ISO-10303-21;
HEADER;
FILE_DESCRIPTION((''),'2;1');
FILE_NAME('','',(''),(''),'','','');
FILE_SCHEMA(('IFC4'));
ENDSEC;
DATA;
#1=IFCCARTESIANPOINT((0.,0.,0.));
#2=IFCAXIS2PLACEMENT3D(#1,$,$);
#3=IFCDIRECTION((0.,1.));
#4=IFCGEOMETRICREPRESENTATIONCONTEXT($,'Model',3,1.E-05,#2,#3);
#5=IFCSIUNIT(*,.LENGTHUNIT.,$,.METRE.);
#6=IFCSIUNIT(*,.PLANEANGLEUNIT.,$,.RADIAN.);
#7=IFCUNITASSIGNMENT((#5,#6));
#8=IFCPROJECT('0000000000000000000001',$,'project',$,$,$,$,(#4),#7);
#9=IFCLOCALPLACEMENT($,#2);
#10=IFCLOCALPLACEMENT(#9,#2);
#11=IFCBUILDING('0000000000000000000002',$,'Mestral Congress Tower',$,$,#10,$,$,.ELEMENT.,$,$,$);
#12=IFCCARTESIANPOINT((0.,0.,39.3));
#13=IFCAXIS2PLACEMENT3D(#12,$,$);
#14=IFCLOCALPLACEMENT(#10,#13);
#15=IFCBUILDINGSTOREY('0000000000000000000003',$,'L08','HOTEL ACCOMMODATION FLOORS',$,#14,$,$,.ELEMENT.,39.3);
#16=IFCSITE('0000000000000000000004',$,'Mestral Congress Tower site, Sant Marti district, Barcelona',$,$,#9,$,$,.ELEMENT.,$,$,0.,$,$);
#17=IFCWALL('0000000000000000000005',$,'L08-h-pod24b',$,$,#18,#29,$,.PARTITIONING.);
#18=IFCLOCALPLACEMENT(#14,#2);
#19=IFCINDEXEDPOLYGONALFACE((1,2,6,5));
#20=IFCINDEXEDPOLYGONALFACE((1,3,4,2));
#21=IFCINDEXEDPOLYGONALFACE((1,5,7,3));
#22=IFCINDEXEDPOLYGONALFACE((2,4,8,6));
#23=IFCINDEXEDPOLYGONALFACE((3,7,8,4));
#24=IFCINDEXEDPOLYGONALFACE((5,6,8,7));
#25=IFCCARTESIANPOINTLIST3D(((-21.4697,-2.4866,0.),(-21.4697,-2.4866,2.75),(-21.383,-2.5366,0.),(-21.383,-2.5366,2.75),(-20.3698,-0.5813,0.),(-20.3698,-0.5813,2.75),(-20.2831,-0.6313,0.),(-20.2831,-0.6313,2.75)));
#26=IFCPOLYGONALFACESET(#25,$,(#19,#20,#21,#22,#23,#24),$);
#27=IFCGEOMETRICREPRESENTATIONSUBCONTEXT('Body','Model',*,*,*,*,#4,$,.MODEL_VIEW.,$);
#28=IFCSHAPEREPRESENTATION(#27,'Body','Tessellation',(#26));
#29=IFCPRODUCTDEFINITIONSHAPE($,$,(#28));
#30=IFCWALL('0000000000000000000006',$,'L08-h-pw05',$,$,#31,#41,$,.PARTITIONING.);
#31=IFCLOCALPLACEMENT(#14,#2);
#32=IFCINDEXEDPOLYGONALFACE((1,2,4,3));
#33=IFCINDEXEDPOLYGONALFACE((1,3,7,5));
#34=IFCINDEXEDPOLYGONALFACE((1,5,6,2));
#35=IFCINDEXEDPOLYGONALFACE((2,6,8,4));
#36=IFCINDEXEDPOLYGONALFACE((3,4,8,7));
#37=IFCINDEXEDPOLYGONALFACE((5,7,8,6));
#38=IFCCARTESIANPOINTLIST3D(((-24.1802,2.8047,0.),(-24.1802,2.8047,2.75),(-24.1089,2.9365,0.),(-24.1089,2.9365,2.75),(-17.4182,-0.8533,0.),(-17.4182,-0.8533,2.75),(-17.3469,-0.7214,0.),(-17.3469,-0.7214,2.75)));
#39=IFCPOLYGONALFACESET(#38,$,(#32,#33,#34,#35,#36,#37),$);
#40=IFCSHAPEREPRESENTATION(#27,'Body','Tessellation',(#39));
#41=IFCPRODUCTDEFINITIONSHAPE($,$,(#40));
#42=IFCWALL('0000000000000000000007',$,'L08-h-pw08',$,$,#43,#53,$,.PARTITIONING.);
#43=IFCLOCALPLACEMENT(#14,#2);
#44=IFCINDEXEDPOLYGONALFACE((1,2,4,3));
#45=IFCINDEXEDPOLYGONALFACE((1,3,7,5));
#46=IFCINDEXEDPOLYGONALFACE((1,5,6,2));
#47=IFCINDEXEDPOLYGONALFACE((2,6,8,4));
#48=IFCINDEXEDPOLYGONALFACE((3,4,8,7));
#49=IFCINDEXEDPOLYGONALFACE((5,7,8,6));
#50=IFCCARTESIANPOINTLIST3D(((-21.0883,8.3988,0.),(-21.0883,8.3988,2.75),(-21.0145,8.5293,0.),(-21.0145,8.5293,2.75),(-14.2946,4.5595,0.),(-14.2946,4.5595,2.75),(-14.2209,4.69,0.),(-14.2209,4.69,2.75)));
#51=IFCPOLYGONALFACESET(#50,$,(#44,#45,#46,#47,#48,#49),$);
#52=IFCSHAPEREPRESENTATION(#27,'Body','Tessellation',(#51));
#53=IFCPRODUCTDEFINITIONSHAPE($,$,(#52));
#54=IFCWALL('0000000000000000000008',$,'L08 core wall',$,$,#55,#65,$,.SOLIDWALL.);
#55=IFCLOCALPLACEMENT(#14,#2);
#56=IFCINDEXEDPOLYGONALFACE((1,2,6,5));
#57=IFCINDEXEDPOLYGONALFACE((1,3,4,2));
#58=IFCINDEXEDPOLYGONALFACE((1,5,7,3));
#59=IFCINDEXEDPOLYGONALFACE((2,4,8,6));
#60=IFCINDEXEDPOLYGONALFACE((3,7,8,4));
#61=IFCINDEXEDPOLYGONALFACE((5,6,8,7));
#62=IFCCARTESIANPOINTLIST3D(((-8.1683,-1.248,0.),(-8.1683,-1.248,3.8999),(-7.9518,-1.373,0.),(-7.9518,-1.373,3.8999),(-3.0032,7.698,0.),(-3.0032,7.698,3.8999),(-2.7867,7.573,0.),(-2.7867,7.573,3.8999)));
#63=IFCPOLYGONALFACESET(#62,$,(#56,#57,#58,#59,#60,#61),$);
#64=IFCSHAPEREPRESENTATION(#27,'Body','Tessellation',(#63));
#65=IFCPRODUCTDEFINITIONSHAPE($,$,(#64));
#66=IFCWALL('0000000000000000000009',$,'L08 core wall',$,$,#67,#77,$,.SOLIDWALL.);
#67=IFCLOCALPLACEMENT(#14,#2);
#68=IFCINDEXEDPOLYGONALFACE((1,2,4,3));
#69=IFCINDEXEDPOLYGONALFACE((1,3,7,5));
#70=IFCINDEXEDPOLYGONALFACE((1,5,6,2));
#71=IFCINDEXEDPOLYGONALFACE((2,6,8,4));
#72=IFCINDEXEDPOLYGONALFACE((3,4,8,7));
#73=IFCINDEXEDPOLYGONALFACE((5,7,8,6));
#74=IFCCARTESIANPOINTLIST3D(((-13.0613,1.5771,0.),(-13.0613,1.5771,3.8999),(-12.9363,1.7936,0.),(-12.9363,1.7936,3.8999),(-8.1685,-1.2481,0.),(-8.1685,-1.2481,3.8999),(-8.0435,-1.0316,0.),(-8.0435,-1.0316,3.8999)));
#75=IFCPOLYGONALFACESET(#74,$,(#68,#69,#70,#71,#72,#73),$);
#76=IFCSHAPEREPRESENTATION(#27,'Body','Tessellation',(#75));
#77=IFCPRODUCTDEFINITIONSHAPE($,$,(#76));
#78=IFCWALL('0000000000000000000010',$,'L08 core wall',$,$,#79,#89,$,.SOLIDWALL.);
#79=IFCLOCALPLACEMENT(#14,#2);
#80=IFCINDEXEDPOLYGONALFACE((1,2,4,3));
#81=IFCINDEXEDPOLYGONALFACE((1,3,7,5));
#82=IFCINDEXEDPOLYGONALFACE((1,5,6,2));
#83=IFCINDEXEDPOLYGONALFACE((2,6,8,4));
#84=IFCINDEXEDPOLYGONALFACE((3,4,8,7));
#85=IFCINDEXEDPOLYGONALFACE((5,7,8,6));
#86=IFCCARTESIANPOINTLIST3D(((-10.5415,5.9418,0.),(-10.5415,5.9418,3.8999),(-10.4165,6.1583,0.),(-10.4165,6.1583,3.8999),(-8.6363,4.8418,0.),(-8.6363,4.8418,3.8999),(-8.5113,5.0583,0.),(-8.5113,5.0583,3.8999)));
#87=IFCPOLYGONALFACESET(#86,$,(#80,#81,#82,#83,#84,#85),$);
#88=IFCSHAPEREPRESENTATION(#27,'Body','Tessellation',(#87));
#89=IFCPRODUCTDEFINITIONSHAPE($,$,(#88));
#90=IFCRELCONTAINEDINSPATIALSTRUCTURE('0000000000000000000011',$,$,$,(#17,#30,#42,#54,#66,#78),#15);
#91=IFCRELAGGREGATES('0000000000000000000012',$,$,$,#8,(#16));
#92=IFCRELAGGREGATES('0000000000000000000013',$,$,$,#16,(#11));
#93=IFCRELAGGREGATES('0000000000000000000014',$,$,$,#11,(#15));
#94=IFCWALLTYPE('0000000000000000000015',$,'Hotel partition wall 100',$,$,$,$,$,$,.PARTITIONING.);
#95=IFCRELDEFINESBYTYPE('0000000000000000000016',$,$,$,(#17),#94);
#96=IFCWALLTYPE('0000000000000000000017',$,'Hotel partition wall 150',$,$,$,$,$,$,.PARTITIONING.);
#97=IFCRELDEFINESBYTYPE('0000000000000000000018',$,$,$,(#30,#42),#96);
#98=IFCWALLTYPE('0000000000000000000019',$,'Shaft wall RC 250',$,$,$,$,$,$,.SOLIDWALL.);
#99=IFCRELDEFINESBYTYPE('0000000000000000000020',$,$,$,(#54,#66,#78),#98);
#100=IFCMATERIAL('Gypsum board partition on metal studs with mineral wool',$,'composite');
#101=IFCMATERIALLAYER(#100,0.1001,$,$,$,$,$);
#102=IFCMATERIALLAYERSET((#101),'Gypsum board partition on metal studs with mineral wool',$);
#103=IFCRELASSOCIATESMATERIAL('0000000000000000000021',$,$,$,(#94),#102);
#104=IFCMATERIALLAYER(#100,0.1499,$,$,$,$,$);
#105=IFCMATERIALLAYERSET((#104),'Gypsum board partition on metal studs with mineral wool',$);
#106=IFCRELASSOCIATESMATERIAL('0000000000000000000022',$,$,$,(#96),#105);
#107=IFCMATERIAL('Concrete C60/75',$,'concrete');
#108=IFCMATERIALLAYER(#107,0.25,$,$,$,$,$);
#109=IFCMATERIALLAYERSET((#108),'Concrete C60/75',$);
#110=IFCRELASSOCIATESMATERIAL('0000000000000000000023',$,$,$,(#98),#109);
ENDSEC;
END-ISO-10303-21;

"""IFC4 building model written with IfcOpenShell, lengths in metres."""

from ifc_helpers import new_model, si_unit, direction, frame, frame_2d, origin, place, context, subcontext, project, spatial, rectangle, extrude, material, layer, layer_set, type_object, element, save


model = new_model("IFC4")

# Units and contexts
model_context = context("Model", 3, precision=1e-05, world=origin(), true_north=direction((0.0, 1.0)))
body_context = subcontext(model_context, "Body", "Model", "MODEL_VIEW")
ifc_project = project(units=[si_unit("LENGTHUNIT", "METRE"), si_unit("PLANEANGLEUNIT", "RADIAN")], contexts=[model_context])

# Site, building, storey
site_placement = place(None, origin())
site = spatial("IfcSite", under=ifc_project, at=site_placement, Name="Mestral Congress Tower site, Sant Marti district, Barcelona", CompositionType="ELEMENT", RefElevation=0.0)
building_placement = place(site_placement, origin())
building = spatial("IfcBuilding", under=site, at=building_placement, Name="Mestral Congress Tower", CompositionType="ELEMENT")
storey_placement = place(building_placement, frame((0.0, 0.0, 39.3)))
storey = spatial("IfcBuildingStorey", under=building, at=storey_placement, Name="L08", Description="HOTEL ACCOMMODATION FLOORS", CompositionType="ELEMENT", Elevation=39.3)

# Shared definitions
ifc_material_1 = material(Name="Concrete C60/75", Category="concrete")

# Shared definitions
ifc_material_2 = material(Name="Gypsum board partition on metal studs with mineral wool", Category="composite")
ifc_layer_1 = layer(ifc_material_2, 0.1001)
ifc_layer_set_1 = layer_set([ifc_layer_1], Name="Gypsum board partition on metal studs with mineral wool")
wall_type_1 = type_object("IfcWallType", Name="Hotel partition wall 100", PredefinedType="PARTITIONING", material=ifc_layer_set_1)

# Walls
wall_1_placement = place(storey_placement, frame((-20.3264, -0.6062, 0.0), z_axis=(0.0, 0.0, 1.0), x_axis=(-0.499947, -0.866056, 0.0)))
element("IfcWall", 1, at=wall_1_placement, inside=storey, type_object=wall_type_1, Name="L08-h-pod24b", PredefinedType="PARTITIONING", context=body_context, shape_type="SweptSolid", body=[
    extrude(rectangle(XDim=2.2, YDim=0.1001, at=frame_2d((1.1001, 0.0))), origin(), (0.0, 0.0, 1.0), 2.75),
])
ifc_layer_2 = layer(ifc_material_2, 0.1499)
ifc_layer_set_2 = layer_set([ifc_layer_2], Name="Gypsum board partition on metal studs with mineral wool")
wall_type_2 = type_object("IfcWallType", Name="Hotel partition wall 150", PredefinedType="PARTITIONING", material=ifc_layer_set_2)
wall_2_placement = place(storey_placement, frame((-24.1445, 2.8706, 0.0), z_axis=(0.0, 0.0, 1.0), x_axis=(0.879552, -0.475803, 0.0)))
element("IfcWall", 2, at=wall_2_placement, inside=storey, type_object=wall_type_2, Name="L08-h-pw05", PredefinedType="PARTITIONING", context=body_context, shape_type="SweptSolid", body=[
    extrude(rectangle(XDim=7.688, YDim=0.1499, at=frame_2d((3.844, 0.0))), origin(), (0.0, 0.0, 1.0), 2.75),
])
wall_3_placement = place(storey_placement, frame((-21.0515, 8.4641, 0.0), z_axis=(0.0, 0.0, 1.0), x_axis=(0.870594, -0.492003, 0.0)))
element("IfcWall", 3, at=wall_3_placement, inside=storey, type_object=wall_type_2, Name="L08-h-pw08", PredefinedType="PARTITIONING", context=body_context, shape_type="SweptSolid", body=[
    extrude(rectangle(XDim=7.8035, YDim=0.1499, at=frame_2d((3.9019, 0.0))), origin(), (0.0, 0.0, 1.0), 2.75),
])
ifc_layer_3 = layer(ifc_material_1, 0.25)
ifc_layer_set_3 = layer_set([ifc_layer_3], Name="Concrete C60/75")
wall_type_3 = type_object("IfcWallType", Name="Shaft wall RC 250", PredefinedType="SOLIDWALL", material=ifc_layer_set_3)
wall_4_placement = place(storey_placement, frame((-8.0601, -1.3105, 0.0), z_axis=(0.0, 0.0, 1.0), x_axis=(0.500003, 0.866024, 0.0)))
element("IfcWall", 4, at=wall_4_placement, inside=storey, type_object=wall_type_3, Name="L08 core wall", PredefinedType="SOLIDWALL", context=body_context, shape_type="SweptSolid", body=[
    extrude(rectangle(XDim=10.3301, YDim=0.25, at=frame_2d((5.165, 0.0))), origin(), (0.0, 0.0, 1.0), 3.8999),
])
wall_5_placement = place(storey_placement, frame((-8.106, -1.1399, 0.0), z_axis=(0.0, 0.0, 1.0), x_axis=(-0.866001, 0.500043, 0.0)))
element("IfcWall", 5, at=wall_5_placement, inside=storey, type_object=wall_type_3, Name="L08 core wall", PredefinedType="SOLIDWALL", context=body_context, shape_type="SweptSolid", body=[
    extrude(rectangle(XDim=5.6499, YDim=0.25, at=frame_2d((2.825, 0.0))), origin(), (0.0, 0.0, 1.0), 3.8999),
])
wall_6_placement = place(storey_placement, frame((-8.5737, 4.95, 0.0), z_axis=(0.0, 0.0, 1.0), x_axis=(-0.866008, 0.50003, 0.0)))
element("IfcWall", 6, at=wall_6_placement, inside=storey, type_object=wall_type_3, Name="L08 core wall", PredefinedType="SOLIDWALL", context=body_context, shape_type="SweptSolid", body=[
    extrude(rectangle(XDim=2.2, YDim=0.25, at=frame_2d((1.1001, 0.0))), origin(), (0.0, 0.0, 1.0), 3.8999),
])

save(model, "model.ifc")
